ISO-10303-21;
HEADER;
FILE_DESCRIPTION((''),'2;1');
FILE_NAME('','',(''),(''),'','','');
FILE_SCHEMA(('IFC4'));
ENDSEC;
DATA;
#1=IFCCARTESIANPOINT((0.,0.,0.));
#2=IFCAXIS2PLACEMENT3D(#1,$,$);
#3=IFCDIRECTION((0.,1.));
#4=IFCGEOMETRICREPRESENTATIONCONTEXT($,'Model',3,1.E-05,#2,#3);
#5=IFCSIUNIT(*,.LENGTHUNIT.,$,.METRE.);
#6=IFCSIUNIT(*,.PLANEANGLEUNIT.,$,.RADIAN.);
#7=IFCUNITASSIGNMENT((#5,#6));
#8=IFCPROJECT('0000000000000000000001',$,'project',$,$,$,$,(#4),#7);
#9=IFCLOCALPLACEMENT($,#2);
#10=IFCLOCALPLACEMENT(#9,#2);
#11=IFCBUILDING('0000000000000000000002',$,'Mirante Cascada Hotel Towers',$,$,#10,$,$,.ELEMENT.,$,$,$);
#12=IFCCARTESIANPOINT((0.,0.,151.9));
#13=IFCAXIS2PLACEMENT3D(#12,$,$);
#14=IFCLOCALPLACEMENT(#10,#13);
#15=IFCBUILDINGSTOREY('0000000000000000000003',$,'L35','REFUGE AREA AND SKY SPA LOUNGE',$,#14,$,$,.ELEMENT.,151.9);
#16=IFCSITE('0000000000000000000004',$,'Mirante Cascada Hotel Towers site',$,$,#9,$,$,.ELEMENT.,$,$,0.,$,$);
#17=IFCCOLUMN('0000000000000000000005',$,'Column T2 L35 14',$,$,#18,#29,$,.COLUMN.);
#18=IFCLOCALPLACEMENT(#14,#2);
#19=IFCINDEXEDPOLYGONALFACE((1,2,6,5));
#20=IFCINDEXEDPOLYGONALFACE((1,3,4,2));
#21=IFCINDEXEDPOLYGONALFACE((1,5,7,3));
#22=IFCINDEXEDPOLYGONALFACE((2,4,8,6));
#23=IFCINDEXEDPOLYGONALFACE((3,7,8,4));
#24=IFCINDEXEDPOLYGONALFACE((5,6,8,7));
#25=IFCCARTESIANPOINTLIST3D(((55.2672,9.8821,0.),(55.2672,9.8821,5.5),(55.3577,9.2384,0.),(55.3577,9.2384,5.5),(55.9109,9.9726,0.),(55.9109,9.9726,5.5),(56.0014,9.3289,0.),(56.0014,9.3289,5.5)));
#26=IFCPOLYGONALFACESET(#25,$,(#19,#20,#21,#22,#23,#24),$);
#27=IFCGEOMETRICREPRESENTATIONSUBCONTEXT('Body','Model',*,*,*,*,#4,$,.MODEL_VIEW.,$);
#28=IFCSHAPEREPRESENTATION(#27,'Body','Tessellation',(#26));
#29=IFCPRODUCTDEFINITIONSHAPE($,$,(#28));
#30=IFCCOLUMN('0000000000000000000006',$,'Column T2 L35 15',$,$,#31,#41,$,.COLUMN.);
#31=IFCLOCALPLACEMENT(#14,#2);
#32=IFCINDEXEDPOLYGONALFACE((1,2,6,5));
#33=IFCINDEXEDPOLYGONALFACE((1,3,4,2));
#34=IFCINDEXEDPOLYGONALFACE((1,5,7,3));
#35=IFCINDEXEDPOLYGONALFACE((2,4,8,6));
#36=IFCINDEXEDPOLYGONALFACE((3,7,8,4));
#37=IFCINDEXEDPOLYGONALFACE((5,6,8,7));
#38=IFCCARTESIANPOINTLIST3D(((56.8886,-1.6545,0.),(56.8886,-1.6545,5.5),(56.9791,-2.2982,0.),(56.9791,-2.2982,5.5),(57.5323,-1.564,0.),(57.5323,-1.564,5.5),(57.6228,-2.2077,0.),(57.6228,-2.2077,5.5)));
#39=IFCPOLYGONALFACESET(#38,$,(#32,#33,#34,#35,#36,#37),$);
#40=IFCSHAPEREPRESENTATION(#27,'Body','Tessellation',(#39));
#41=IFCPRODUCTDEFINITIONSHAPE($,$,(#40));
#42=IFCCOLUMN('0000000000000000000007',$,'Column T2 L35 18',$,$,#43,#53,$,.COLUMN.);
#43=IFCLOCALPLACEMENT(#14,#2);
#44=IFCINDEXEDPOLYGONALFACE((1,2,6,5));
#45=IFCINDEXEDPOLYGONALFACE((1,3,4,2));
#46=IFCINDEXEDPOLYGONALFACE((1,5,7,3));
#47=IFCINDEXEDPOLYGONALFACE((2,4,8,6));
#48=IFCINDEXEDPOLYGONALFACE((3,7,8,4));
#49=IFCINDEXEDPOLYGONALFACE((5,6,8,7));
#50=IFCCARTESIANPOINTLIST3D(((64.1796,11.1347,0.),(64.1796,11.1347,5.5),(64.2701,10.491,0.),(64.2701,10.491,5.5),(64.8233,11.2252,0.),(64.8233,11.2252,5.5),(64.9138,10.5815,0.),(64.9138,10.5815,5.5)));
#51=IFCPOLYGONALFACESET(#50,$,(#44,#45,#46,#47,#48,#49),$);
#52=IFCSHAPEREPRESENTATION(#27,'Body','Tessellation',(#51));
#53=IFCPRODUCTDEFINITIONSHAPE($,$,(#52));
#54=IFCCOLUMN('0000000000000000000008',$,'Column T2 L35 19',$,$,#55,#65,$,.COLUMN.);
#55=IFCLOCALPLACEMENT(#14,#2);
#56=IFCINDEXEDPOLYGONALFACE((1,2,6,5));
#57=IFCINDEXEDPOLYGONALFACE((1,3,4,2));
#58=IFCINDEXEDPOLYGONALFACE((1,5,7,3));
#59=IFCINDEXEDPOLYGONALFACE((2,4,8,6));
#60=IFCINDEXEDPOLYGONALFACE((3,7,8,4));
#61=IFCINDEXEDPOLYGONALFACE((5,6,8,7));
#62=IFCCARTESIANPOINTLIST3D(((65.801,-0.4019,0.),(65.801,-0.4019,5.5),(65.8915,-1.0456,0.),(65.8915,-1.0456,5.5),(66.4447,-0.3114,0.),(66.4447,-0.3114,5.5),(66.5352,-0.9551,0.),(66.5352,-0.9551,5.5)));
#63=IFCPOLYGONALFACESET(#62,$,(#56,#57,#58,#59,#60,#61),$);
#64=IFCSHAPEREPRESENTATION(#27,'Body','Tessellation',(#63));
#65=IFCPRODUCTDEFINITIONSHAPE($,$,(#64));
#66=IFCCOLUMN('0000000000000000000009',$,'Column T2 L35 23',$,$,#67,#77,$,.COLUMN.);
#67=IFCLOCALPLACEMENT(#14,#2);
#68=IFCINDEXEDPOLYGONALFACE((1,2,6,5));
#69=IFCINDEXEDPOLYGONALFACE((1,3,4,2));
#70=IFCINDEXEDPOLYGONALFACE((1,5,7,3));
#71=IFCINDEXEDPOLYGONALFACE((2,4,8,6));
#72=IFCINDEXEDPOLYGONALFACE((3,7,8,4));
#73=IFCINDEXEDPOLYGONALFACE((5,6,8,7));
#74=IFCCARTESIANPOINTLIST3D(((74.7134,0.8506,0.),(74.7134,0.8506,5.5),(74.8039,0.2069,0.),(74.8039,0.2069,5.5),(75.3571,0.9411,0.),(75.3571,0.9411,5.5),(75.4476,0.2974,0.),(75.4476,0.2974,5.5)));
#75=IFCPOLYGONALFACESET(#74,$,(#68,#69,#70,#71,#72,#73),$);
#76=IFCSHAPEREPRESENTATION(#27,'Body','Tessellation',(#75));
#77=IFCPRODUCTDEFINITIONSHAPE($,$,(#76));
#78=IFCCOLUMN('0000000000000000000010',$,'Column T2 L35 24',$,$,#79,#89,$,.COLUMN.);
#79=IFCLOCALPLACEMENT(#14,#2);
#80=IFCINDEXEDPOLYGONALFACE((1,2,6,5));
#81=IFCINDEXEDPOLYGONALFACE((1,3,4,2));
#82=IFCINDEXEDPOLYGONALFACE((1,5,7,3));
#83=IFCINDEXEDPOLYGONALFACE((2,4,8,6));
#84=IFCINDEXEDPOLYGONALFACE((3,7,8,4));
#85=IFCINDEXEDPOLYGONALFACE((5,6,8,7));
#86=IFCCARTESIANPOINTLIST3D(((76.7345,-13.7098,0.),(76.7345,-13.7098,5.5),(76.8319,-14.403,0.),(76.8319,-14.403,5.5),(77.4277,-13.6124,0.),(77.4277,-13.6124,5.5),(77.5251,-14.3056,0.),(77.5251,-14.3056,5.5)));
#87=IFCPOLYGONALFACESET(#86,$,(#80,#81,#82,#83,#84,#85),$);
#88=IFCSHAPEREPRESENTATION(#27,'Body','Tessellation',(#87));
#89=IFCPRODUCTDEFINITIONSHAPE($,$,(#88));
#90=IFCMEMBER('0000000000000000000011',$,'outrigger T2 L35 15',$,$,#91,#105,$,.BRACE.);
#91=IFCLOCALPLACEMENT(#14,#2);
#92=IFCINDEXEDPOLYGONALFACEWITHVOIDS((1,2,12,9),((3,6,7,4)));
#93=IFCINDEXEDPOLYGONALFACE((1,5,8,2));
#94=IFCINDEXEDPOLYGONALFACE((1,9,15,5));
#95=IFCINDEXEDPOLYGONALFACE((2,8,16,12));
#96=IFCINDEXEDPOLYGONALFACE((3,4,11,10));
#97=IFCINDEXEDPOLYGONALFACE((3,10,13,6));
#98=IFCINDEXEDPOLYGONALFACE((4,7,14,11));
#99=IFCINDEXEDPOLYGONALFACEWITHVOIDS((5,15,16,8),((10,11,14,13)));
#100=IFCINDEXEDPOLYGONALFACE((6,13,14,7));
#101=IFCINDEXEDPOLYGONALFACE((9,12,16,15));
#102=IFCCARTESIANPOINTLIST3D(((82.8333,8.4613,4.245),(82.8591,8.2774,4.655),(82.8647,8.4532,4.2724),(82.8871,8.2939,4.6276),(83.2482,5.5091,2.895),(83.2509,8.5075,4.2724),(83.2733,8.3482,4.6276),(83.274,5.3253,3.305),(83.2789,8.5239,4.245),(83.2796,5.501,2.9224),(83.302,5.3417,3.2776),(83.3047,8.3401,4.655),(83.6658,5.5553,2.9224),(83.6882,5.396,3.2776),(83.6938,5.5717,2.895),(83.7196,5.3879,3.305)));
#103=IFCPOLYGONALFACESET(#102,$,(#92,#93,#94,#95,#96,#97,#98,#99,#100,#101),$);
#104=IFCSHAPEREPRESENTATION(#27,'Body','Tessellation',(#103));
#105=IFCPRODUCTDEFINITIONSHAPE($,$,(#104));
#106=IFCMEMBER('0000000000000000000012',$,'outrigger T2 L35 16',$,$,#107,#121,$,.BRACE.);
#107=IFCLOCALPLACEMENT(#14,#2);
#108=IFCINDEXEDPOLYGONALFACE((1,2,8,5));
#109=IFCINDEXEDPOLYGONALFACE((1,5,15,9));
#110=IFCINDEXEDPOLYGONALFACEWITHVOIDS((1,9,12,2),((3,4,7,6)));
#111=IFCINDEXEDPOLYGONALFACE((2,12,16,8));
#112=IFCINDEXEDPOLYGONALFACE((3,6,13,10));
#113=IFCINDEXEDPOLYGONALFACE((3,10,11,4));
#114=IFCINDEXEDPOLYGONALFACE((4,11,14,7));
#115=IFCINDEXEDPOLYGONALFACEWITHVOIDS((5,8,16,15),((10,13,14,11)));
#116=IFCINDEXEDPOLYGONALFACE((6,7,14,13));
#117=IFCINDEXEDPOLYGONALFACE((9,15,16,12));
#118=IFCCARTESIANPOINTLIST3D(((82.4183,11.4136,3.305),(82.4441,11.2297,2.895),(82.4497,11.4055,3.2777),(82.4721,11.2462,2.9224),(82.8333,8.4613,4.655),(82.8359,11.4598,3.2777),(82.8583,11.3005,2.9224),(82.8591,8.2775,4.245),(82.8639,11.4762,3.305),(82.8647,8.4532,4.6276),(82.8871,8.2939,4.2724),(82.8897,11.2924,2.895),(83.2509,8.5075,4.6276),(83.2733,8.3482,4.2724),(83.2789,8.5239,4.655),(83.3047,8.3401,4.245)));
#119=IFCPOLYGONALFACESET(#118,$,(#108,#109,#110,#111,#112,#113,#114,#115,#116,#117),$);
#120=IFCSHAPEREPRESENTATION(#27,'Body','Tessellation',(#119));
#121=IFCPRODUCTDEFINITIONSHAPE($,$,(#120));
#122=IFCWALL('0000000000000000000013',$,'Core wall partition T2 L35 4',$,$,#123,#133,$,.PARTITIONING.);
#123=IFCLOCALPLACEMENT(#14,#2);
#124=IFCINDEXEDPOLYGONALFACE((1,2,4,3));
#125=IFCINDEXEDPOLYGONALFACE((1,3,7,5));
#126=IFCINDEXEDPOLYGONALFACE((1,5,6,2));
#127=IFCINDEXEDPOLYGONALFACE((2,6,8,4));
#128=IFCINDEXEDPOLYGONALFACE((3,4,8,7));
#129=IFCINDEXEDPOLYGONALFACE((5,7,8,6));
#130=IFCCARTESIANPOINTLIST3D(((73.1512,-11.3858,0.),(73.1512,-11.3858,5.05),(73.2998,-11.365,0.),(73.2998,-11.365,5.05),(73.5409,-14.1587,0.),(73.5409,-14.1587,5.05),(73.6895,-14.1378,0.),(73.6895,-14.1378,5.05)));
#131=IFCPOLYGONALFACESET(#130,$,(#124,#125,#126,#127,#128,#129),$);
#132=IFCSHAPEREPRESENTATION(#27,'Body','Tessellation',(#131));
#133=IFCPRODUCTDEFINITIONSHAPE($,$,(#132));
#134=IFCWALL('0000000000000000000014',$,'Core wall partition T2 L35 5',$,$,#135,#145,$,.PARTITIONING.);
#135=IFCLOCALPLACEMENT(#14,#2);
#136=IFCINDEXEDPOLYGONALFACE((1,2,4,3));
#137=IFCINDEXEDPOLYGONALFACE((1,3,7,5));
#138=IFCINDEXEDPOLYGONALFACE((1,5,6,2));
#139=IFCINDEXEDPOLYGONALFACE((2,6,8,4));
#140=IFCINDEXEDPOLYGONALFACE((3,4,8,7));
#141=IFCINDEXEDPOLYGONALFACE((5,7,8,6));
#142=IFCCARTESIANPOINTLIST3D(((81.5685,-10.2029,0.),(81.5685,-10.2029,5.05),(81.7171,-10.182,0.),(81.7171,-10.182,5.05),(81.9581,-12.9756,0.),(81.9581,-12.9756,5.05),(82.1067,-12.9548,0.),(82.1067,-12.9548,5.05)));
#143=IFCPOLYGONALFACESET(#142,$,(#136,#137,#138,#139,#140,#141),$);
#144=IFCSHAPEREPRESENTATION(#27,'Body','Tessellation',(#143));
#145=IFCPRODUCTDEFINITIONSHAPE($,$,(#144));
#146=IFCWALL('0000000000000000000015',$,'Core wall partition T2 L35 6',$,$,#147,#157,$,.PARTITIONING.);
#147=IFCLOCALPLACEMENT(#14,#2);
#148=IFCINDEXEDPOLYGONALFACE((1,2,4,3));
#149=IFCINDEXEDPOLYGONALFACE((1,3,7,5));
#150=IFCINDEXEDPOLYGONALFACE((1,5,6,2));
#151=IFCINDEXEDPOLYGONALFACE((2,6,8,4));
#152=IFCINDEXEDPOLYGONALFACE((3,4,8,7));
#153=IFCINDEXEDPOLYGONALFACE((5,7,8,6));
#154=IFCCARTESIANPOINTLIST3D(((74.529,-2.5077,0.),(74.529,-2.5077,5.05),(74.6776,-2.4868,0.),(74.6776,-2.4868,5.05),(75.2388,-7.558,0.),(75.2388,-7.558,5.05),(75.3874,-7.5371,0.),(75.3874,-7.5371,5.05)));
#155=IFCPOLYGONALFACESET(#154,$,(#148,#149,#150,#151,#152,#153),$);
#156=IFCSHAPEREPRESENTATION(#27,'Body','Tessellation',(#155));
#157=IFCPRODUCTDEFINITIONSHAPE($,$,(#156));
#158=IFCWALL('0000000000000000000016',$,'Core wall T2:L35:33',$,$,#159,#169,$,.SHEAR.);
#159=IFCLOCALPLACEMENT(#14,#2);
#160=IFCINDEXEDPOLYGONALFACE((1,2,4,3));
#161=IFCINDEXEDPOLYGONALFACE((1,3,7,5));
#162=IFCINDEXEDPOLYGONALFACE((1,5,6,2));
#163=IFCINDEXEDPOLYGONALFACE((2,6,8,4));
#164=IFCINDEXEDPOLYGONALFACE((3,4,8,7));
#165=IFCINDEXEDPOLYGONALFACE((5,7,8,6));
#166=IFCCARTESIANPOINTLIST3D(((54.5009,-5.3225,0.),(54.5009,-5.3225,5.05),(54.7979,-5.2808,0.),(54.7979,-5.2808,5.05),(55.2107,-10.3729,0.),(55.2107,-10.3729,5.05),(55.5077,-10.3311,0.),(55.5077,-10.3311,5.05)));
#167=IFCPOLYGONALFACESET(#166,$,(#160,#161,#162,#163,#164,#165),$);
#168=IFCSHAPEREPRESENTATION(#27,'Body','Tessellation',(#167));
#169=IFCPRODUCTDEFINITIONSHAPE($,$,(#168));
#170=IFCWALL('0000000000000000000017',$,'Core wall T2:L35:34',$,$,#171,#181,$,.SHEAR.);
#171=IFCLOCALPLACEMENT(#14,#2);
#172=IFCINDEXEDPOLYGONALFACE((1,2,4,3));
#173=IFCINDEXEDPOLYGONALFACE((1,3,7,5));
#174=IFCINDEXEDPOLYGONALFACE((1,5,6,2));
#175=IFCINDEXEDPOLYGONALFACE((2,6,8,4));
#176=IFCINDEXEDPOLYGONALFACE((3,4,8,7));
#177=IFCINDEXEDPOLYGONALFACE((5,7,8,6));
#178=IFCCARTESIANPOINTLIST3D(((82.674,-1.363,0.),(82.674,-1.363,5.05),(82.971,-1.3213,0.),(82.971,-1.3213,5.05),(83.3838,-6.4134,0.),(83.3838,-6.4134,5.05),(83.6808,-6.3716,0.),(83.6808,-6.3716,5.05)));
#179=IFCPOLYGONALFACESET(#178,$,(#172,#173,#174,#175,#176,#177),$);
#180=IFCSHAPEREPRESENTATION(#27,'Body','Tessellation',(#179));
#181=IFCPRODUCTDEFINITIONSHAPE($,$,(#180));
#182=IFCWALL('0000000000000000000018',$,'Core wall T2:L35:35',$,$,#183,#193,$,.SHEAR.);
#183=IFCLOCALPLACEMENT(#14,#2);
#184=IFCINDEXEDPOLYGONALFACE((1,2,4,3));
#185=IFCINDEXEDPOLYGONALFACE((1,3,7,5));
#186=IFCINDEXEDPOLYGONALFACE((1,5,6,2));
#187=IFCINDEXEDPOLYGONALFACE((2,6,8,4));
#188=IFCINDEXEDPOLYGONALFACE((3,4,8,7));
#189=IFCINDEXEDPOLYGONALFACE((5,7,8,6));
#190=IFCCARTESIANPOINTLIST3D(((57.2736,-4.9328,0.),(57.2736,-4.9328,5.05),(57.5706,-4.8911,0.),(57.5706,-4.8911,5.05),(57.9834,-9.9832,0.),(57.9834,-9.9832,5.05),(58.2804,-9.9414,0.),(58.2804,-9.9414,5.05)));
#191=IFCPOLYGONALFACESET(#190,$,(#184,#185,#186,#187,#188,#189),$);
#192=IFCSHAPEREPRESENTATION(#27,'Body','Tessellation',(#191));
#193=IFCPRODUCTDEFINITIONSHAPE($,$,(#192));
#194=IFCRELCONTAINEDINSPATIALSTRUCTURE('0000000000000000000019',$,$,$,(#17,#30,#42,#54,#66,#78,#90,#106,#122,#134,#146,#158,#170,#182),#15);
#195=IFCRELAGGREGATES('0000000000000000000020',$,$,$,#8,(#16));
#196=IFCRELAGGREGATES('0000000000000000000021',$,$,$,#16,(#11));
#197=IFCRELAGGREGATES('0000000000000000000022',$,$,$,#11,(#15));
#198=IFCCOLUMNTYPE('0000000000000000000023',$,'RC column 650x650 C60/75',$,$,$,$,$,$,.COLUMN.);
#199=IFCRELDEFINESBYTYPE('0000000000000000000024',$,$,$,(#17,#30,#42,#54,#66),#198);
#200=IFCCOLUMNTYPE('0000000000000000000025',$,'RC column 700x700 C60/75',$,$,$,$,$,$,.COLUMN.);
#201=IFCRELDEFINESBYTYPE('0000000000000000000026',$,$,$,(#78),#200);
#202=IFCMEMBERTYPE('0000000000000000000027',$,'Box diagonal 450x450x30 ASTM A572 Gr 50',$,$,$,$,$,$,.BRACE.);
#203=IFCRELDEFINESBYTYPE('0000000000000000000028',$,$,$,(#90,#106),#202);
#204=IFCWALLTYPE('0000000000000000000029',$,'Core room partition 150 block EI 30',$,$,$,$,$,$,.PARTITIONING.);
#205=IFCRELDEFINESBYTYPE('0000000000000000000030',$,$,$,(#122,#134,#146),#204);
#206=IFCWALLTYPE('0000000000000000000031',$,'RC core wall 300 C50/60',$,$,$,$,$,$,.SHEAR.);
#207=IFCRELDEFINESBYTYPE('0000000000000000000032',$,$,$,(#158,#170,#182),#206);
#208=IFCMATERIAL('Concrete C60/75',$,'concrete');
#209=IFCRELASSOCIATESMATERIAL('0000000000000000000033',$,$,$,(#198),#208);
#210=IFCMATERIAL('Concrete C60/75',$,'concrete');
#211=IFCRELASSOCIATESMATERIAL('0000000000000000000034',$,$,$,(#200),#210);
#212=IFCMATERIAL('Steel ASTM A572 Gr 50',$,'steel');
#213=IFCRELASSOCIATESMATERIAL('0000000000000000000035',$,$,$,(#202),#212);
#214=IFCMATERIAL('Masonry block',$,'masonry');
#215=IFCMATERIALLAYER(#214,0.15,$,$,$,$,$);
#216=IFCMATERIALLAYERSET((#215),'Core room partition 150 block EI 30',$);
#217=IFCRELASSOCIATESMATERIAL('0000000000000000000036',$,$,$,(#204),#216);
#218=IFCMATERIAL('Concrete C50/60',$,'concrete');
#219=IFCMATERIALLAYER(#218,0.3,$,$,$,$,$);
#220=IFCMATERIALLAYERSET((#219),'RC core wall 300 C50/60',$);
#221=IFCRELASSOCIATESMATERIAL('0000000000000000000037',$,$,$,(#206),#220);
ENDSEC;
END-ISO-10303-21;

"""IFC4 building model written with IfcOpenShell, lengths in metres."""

from ifc_helpers import new_model, si_unit, direction, frame, frame_2d, origin, origin_2d, place, context, subcontext, project, spatial, rectangle, hollow_rectangle, extrude, material, layer, layer_set, material_profile, profile_set, type_object, element, save


model = new_model("IFC4")

# Units and contexts
model_context = context("Model", 3, precision=1e-05, world=origin(), true_north=direction((0.0, 1.0)))
body_context = subcontext(model_context, "Body", "Model", "MODEL_VIEW")
ifc_project = project(units=[si_unit("LENGTHUNIT", "METRE"), si_unit("PLANEANGLEUNIT", "RADIAN")], contexts=[model_context])

# Site, building, storey
site_placement = place(None, origin())
site = spatial("IfcSite", under=ifc_project, at=site_placement, Name="Mirante Cascada Hotel Towers site", CompositionType="ELEMENT", RefElevation=0.0)
building_placement = place(site_placement, origin())
building = spatial("IfcBuilding", under=site, at=building_placement, Name="Mirante Cascada Hotel Towers", CompositionType="ELEMENT")
storey_placement = place(building_placement, frame((0.0, 0.0, 151.9)))
storey = spatial("IfcBuildingStorey", under=building, at=storey_placement, Name="L35", Description="REFUGE AREA AND SKY SPA LOUNGE", CompositionType="ELEMENT", Elevation=151.9)

# Columns
ifc_material_1 = material(Name="Concrete C60/75", Category="concrete")
ifc_material_profile_1 = material_profile(ifc_material_1, rectangle(XDim=0.65, YDim=0.65, at=origin_2d()), Name="RC column 650x650 C60/75")
ifc_profile_set_1 = profile_set([ifc_material_profile_1], Name="Concrete C60/75")
column_type_1 = type_object("IfcColumnType", Name="RC column 650x650 C60/75", PredefinedType="COLUMN", material=ifc_profile_set_1)
for number, where, z_axis, x_axis, name in (
    (1, (55.6343, 9.6055, 0.0), (0.0, 0.0, 1.0), (0.990268, 0.139173, 0.0), "Column T2 L35 14"),
    (2, (57.2557, -1.9311, 0.0), (0.0, 0.0, 1.0), (0.990268, 0.139173, 0.0), "Column T2 L35 15"),
    (3, (64.5467, 10.8581, 0.0), (0.0, 0.0, 1.0), (0.990268, 0.139173, 0.0), "Column T2 L35 18"),
    (4, (66.1681, -0.6785, 0.0), (0.0, 0.0, 1.0), (0.990268, 0.139173, 0.0), "Column T2 L35 19"),
    (5, (75.0805, 0.574, 0.0), (0.0, 0.0, 1.0), (0.990268, 0.139173, 0.0), "Column T2 L35 23"),
):
    element("IfcColumn", number, at=place(storey_placement, frame(where, z_axis=z_axis, x_axis=x_axis)), inside=storey, type_object=column_type_1, Name=name, PredefinedType="COLUMN", context=body_context, shape_type="SweptSolid", body=[
        extrude(rectangle(XDim=0.65, YDim=0.65, at=origin_2d()), origin(), (0.0, 0.0, 1.0), 5.5),
    ])
ifc_material_2 = material(Name="Concrete C60/75", Category="concrete")
ifc_material_profile_2 = material_profile(ifc_material_2, rectangle(XDim=0.7, YDim=0.7, at=origin_2d()), Name="RC column 700x700 C60/75")
ifc_profile_set_2 = profile_set([ifc_material_profile_2], Name="Concrete C60/75")
column_type_2 = type_object("IfcColumnType", Name="RC column 700x700 C60/75", PredefinedType="COLUMN", material=ifc_profile_set_2)
column_placement = place(storey_placement, frame((77.1298, -14.0077, 0.0), z_axis=(0.0, 0.0, 1.0), x_axis=(0.990268, 0.139173, 0.0)))
element("IfcColumn", 6, at=column_placement, inside=storey, type_object=column_type_2, Name="Column T2 L35 24", PredefinedType="COLUMN", context=body_context, shape_type="SweptSolid", body=[
    extrude(rectangle(XDim=0.7, YDim=0.7, at=origin_2d()), origin(), (0.0, 0.0, 1.0), 5.5),
])

# Members
ifc_material_3 = material(Name="Steel ASTM A572 Gr 50", Category="steel")
ifc_material_profile_3 = material_profile(ifc_material_3, hollow_rectangle(XDim=0.45, YDim=0.45, WallThickness=0.03, at=origin_2d()), Name="Box diagonal 450x450x30 ASTM A572 Gr 50")
ifc_profile_set_3 = profile_set([ifc_material_profile_3], Name="Steel ASTM A572 Gr 50")
member_type = type_object("IfcMemberType", Name="Box diagonal 450x450x30 ASTM A572 Gr 50", PredefinedType="BRACE", material=ifc_profile_set_3)
member_1_placement = place(storey_placement, frame((83.4839, 5.4485, 3.1), z_axis=(-0.126779, 0.902087, 0.412512), x_axis=(-0.990268, -0.139172, 0.0)))
element("IfcMember", 7, at=member_1_placement, inside=storey, type_object=member_type, Name="outrigger T2 L35 15", PredefinedType="BRACE", context=body_context, shape_type="SweptSolid", body=[
    extrude(hollow_rectangle(XDim=0.45, YDim=0.45, WallThickness=0.03, at=origin_2d()), origin(), (0.0, 0.0, 1.0), 3.2726),
])
member_2_placement = place(storey_placement, frame((83.069, 8.4007, 4.45), z_axis=(-0.126805, 0.902089, -0.412499), x_axis=(-0.990264, -0.1392, 0.0)))
element("IfcMember", 8, at=member_2_placement, inside=storey, type_object=member_type, Name="outrigger T2 L35 16", PredefinedType="BRACE", context=body_context, shape_type="SweptSolid", body=[
    extrude(hollow_rectangle(XDim=0.45, YDim=0.45, WallThickness=0.03, at=origin_2d()), origin(), (0.0, 0.0, 1.0), 3.2727),
])

# Walls
ifc_material_4 = material(Name="Masonry block", Category="masonry")
ifc_layer_1 = layer(ifc_material_4, 0.15)
ifc_layer_set_1 = layer_set([ifc_layer_1], Name="Core room partition 150 block EI 30")
wall_type_1 = type_object("IfcWallType", Name="Core room partition 150 block EI 30", PredefinedType="PARTITIONING", material=ifc_layer_set_1)
wall_1_placement = place(storey_placement, frame((73.6152, -14.1482, 0.0), z_axis=(0.0, 0.0, 1.0), x_axis=(-0.139176, 0.990268, 0.0)))
element("IfcWall", 9, at=wall_1_placement, inside=storey, type_object=wall_type_1, Name="Core wall partition T2 L35 4", PredefinedType="PARTITIONING", context=body_context, shape_type="SweptSolid", body=[
    extrude(rectangle(XDim=2.8001, YDim=0.15, at=frame_2d((1.4, 0.0))), origin(), (0.0, 0.0, 1.0), 5.05),
])
wall_2_placement = place(storey_placement, frame((82.0324, -12.9652, 0.0), z_axis=(0.0, 0.0, 1.0), x_axis=(-0.139141, 0.990273, 0.0)))
element("IfcWall", 10, at=wall_2_placement, inside=storey, type_object=wall_type_1, Name="Core wall partition T2 L35 5", PredefinedType="PARTITIONING", context=body_context, shape_type="SweptSolid", body=[
    extrude(rectangle(XDim=2.8, YDim=0.15, at=frame_2d((1.4, 0.0))), origin(), (0.0, 0.0, 1.0), 5.05),
])
wall_3_placement = place(storey_placement, frame((75.3131, -7.5476, 0.0), z_axis=(0.0, 0.0, 1.0), x_axis=(-0.139178, 0.990267, 0.0)))
element("IfcWall", 11, at=wall_3_placement, inside=storey, type_object=wall_type_1, Name="Core wall partition T2 L35 6", PredefinedType="PARTITIONING", context=body_context, shape_type="SweptSolid", body=[
    extrude(rectangle(XDim=5.0999, YDim=0.15, at=frame_2d((2.55, 0.0))), origin(), (0.0, 0.0, 1.0), 5.05),
])
ifc_material_5 = material(Name="Concrete C50/60", Category="concrete")
ifc_layer_2 = layer(ifc_material_5, 0.3)
ifc_layer_set_2 = layer_set([ifc_layer_2], Name="RC core wall 300 C50/60")
wall_type_2 = type_object("IfcWallType", Name="RC core wall 300 C50/60", PredefinedType="SHEAR", material=ifc_layer_set_2)
for number, where, z_axis, x_axis, name in (
    (12, (55.3592, -10.352, 0.0), (0.0, 0.0, 1.0), (-0.139176, 0.990268, 0.0), "Core wall T2:L35:33"),
    (13, (83.5323, -6.3925, 0.0), (0.0, 0.0, 1.0), (-0.139176, 0.990268, 0.0), "Core wall T2:L35:34"),
    (14, (58.1319, -9.9623, 0.0), (0.0, 0.0, 1.0), (-0.139176, 0.990268, 0.0), "Core wall T2:L35:35"),
):
    element("IfcWall", number, at=place(storey_placement, frame(where, z_axis=z_axis, x_axis=x_axis)), inside=storey, type_object=wall_type_2, Name=name, PredefinedType="SHEAR", context=body_context, shape_type="SweptSolid", body=[
        extrude(rectangle(XDim=5.1, YDim=0.3, at=frame_2d((2.55, 0.0))), origin(), (0.0, 0.0, 1.0), 5.05),
    ])

save(model, "model.ifc")
